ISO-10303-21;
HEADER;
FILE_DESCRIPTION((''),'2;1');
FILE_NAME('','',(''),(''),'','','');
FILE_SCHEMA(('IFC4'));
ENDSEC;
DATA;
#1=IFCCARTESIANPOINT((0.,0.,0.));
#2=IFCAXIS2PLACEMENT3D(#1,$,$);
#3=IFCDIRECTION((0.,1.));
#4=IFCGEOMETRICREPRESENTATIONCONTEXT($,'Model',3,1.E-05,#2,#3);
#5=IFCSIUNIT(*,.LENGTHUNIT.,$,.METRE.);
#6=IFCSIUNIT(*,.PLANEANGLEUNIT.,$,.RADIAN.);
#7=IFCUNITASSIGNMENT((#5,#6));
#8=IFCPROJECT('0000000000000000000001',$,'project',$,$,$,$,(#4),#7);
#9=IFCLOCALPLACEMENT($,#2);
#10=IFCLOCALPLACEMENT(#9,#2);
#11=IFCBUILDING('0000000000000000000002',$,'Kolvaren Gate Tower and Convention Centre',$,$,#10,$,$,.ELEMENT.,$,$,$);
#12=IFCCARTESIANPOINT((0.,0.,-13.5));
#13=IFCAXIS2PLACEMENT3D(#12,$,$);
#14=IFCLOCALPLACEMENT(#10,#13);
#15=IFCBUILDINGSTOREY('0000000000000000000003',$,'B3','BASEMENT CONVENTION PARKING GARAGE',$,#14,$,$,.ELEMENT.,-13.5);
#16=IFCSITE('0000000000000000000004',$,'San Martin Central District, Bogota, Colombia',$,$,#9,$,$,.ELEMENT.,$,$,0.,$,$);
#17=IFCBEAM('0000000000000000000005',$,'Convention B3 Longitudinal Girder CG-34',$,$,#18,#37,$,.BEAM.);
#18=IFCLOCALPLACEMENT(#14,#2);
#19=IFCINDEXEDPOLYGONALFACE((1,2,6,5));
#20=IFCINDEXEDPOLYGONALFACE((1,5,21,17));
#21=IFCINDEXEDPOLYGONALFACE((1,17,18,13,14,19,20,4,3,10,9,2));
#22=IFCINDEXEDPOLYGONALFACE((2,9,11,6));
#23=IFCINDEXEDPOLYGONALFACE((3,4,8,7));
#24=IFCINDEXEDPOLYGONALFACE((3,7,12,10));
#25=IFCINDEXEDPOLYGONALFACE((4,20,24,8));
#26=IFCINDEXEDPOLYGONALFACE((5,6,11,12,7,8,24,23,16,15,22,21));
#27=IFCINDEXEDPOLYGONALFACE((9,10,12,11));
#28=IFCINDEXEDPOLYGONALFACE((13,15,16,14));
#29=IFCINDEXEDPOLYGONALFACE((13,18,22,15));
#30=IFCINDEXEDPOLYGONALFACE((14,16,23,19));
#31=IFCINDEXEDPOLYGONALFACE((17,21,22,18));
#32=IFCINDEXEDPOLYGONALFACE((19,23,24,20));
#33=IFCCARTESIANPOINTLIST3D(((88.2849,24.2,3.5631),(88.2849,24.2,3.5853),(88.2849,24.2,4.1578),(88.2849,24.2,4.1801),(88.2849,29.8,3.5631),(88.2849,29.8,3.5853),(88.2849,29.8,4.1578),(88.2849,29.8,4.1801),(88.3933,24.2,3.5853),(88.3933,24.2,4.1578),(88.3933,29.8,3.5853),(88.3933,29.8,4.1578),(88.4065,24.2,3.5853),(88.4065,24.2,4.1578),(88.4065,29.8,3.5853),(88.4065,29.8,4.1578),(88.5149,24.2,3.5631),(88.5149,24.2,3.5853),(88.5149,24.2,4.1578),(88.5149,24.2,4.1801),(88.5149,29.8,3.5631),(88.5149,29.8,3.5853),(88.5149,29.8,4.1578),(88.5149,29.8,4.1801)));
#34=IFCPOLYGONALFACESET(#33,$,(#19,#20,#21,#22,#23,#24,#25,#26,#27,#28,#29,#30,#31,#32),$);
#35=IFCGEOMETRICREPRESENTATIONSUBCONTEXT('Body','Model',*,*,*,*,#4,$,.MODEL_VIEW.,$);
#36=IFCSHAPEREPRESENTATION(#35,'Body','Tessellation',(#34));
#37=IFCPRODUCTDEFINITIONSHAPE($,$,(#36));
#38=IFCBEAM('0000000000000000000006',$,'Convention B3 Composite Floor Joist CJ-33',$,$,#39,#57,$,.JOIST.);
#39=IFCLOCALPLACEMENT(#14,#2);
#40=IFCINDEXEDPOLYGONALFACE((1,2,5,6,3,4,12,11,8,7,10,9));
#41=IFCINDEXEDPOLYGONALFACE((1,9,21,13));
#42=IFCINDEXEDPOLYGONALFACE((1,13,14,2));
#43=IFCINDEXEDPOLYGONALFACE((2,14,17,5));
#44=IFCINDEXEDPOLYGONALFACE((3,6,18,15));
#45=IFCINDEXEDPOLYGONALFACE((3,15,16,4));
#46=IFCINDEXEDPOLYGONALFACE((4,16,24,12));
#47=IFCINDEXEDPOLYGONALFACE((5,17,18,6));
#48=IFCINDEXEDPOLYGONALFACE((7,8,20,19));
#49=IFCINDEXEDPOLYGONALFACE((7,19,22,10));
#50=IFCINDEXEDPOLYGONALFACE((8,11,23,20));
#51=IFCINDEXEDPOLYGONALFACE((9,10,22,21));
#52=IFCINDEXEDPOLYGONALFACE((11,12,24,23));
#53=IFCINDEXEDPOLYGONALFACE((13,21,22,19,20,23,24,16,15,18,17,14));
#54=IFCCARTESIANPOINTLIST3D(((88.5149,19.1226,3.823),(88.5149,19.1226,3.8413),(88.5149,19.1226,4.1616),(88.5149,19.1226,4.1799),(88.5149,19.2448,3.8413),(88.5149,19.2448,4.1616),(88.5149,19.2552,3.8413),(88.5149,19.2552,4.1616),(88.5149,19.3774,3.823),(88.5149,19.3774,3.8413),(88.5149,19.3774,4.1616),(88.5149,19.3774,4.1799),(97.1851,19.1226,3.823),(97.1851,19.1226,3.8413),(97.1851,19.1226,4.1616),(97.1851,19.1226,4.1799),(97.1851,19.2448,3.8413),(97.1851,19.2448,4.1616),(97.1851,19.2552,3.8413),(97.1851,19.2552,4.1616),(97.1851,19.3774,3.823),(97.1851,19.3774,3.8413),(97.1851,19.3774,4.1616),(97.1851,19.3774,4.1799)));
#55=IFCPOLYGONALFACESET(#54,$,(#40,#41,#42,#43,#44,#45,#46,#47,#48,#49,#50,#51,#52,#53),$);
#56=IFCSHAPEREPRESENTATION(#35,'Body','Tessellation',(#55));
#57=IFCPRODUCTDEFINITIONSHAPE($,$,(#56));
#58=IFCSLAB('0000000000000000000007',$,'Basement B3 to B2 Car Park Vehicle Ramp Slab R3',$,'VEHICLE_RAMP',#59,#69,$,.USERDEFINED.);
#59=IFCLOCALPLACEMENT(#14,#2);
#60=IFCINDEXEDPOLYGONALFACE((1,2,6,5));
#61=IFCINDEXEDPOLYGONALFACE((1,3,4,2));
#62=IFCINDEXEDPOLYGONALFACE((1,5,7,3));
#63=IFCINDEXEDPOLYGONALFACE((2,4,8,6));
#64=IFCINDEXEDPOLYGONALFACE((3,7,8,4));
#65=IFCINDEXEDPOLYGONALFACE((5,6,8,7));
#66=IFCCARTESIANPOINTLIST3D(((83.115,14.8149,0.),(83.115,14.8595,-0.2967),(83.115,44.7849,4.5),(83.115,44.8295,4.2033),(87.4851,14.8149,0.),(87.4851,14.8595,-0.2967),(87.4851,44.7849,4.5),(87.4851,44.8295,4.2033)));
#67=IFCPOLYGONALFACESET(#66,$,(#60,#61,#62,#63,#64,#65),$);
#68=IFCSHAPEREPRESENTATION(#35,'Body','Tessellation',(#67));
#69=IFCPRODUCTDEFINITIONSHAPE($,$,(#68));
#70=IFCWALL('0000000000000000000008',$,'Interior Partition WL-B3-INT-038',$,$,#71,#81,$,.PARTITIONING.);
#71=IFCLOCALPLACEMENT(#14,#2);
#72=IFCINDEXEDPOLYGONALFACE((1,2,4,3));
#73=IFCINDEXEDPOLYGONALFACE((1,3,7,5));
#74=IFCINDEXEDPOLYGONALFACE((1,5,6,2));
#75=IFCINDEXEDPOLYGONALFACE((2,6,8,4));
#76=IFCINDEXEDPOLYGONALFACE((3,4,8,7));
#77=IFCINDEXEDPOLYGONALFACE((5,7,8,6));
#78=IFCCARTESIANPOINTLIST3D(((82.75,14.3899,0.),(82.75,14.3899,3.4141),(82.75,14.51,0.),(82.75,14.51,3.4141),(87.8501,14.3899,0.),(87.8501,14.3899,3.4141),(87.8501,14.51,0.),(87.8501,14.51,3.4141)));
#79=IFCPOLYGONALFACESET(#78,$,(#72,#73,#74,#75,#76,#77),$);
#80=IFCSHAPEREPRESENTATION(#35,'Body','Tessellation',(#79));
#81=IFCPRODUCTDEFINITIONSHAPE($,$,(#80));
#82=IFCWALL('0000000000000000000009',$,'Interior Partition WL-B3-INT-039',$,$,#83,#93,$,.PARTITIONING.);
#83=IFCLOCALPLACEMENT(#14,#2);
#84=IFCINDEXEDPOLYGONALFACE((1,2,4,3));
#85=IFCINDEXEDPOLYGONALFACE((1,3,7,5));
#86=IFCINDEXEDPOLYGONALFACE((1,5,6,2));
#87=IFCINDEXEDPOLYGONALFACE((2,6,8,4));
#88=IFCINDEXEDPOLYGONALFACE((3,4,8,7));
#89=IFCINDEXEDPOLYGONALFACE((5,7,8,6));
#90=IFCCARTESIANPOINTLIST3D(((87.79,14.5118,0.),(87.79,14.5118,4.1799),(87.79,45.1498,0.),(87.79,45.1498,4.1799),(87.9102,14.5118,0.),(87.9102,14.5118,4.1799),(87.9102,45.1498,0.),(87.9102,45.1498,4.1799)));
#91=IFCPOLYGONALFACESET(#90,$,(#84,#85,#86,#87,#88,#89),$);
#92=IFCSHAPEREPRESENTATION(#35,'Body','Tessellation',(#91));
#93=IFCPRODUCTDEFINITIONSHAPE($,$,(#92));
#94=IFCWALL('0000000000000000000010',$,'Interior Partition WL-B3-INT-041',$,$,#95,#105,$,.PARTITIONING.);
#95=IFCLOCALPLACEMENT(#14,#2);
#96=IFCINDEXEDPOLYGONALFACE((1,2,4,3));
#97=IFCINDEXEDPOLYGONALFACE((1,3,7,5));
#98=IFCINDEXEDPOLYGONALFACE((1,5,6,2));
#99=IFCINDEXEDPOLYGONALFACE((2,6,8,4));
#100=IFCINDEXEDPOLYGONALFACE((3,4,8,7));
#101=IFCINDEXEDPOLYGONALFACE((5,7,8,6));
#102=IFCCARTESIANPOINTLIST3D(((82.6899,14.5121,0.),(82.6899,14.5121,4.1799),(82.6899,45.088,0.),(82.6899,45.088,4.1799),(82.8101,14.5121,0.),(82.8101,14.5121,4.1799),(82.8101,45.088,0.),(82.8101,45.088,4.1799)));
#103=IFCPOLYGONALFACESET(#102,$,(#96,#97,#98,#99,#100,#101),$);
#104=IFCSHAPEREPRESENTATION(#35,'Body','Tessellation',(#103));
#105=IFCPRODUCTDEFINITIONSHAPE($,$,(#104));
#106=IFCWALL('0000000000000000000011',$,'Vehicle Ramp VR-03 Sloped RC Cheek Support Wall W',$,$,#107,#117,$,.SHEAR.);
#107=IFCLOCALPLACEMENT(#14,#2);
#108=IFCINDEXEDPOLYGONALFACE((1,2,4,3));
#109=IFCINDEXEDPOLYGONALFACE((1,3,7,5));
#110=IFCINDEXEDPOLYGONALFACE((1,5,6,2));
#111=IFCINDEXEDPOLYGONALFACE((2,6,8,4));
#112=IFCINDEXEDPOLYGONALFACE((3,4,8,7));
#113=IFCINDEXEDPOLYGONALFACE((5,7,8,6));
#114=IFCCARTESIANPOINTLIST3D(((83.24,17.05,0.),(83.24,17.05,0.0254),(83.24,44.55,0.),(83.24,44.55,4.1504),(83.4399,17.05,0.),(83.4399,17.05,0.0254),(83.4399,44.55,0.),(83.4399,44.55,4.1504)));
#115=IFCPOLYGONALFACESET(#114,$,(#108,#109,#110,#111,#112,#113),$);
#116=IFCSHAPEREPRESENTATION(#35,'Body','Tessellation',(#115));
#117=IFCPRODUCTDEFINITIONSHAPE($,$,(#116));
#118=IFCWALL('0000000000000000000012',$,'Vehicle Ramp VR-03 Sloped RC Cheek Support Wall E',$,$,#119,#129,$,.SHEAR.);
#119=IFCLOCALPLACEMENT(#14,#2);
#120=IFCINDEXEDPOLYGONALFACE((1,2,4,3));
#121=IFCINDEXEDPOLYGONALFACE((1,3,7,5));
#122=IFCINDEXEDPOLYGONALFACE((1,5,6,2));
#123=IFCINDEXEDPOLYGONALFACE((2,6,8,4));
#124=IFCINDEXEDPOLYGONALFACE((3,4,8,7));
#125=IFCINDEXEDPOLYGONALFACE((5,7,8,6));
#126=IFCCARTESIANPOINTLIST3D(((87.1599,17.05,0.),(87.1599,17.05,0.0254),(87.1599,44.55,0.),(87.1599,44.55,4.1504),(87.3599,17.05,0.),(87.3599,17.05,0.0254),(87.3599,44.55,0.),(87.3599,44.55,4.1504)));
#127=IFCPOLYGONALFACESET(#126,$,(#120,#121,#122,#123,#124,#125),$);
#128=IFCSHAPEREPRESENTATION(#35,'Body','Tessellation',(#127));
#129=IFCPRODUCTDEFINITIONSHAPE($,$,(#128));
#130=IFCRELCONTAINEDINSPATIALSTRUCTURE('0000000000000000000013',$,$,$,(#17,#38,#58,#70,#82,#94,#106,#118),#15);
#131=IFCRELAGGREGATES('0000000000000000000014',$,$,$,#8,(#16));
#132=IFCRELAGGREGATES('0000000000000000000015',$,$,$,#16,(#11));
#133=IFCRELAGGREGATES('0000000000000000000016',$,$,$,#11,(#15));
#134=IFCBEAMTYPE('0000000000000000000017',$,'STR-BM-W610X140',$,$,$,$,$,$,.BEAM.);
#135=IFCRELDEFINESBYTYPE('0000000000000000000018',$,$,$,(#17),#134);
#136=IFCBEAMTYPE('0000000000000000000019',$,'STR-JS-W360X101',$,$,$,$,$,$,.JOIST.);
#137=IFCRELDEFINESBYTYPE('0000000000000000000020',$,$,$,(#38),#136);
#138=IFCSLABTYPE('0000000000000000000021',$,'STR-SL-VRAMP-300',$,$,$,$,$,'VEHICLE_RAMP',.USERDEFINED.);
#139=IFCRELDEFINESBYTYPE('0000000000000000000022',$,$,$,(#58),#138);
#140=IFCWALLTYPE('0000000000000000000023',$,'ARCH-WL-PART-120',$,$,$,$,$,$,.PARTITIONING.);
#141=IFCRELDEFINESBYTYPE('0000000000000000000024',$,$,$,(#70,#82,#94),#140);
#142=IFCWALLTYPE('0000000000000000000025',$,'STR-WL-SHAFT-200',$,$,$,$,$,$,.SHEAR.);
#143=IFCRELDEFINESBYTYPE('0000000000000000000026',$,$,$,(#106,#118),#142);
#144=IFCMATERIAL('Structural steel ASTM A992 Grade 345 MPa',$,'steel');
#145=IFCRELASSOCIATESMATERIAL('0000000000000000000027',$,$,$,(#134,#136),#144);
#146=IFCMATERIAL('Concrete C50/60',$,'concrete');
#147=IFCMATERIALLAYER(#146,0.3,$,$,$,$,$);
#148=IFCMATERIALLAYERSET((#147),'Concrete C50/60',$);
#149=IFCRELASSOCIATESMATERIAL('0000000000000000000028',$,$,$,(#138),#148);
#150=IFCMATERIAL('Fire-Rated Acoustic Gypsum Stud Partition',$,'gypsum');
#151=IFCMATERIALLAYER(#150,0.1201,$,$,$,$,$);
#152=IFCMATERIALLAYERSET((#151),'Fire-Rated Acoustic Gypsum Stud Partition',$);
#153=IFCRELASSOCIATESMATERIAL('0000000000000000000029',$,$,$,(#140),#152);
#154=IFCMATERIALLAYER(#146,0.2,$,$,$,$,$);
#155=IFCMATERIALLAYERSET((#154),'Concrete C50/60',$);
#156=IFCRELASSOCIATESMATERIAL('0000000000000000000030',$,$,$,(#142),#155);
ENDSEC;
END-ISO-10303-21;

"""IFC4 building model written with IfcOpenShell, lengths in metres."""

from ifc_helpers import new_model, si_unit, direction, frame, frame_2d, origin, origin_2d, place, context, subcontext, project, spatial, polyline, rectangle, i_section, outline, extrude, material, layer, layer_set, material_profile, profile_set, type_object, element, save


model = new_model("IFC4")

# Units and contexts
model_context = context("Model", 3, precision=1e-05, world=origin(), true_north=direction((0.0, 1.0)))
body_context = subcontext(model_context, "Body", "Model", "MODEL_VIEW")
ifc_project = project(units=[si_unit("LENGTHUNIT", "METRE"), si_unit("PLANEANGLEUNIT", "RADIAN")], contexts=[model_context])

# Site, building, storey
site_placement = place(None, origin())
site = spatial("IfcSite", under=ifc_project, at=site_placement, Name="San Martin Central District, Bogota, Colombia", CompositionType="ELEMENT", RefElevation=0.0)
building_placement = place(site_placement, origin())
building = spatial("IfcBuilding", under=site, at=building_placement, Name="Kolvaren Gate Tower and Convention Centre", CompositionType="ELEMENT")
storey_placement = place(building_placement, frame((0.0, 0.0, -13.5)))
storey = spatial("IfcBuildingStorey", under=building, at=storey_placement, Name="B3", Description="BASEMENT CONVENTION PARKING GARAGE", CompositionType="ELEMENT", Elevation=-13.5)

# Shared definitions
ifc_material_1 = material(Name="Concrete C50/60", Category="concrete")

# Beams
ifc_material_2 = material(Name="Structural steel ASTM A992 Grade 345 MPa", Category="steel")
ifc_material_profile_1 = material_profile(ifc_material_2, i_section(OverallWidth=0.23, OverallDepth=0.6169, WebThickness=0.0132, FlangeThickness=0.0222, at=origin_2d()), Name="W610X140")
ifc_profile_set_1 = profile_set([ifc_material_profile_1], Name="Structural steel ASTM A992 Grade 345 MPa")
beam_type_1 = type_object("IfcBeamType", Name="STR-BM-W610X140", PredefinedType="BEAM", material=ifc_profile_set_1)
beam_1_placement = place(storey_placement, frame((88.3999, 24.2, 3.8716), z_axis=(0.0, 1.0, 0.0), x_axis=(-1.0, 0.0, 0.0)))
element("IfcBeam", 1, at=beam_1_placement, inside=storey, type_object=beam_type_1, Name="Convention B3 Longitudinal Girder CG-34", PredefinedType="BEAM", context=body_context, shape_type="SweptSolid", body=[
    extrude(i_section(OverallWidth=0.23, OverallDepth=0.6169, WebThickness=0.0132, FlangeThickness=0.0222, at=origin_2d()), origin(), (0.0, 0.0, 1.0), 5.6001),
])
ifc_material_profile_2 = material_profile(ifc_material_2, i_section(OverallWidth=0.2549, OverallDepth=0.3569, WebThickness=0.0105, FlangeThickness=0.0183, at=origin_2d()), Name="W360X101")
ifc_profile_set_2 = profile_set([ifc_material_profile_2], Name="Structural steel ASTM A992 Grade 345 MPa")
beam_type_2 = type_object("IfcBeamType", Name="STR-JS-W360X101", PredefinedType="JOIST", material=ifc_profile_set_2)
beam_2_placement = place(storey_placement, frame((88.5149, 19.25, 4.0015), z_axis=(1.0, 0.0, 0.0), x_axis=(0.0, 1.0, 0.0)))
element("IfcBeam", 2, at=beam_2_placement, inside=storey, type_object=beam_type_2, Name="Convention B3 Composite Floor Joist CJ-33", PredefinedType="JOIST", context=body_context, shape_type="SweptSolid", body=[
    extrude(i_section(OverallWidth=0.2549, OverallDepth=0.3569, WebThickness=0.0105, FlangeThickness=0.0183, at=origin_2d()), origin(), (0.0, 0.0, 1.0), 8.6702),
])

# Slab
ifc_layer_1 = layer(ifc_material_1, 0.3)
ifc_layer_set_1 = layer_set([ifc_layer_1], Name="Concrete C50/60")
slab_type = type_object("IfcSlabType", Name="STR-SL-VRAMP-300", ElementType="VEHICLE_RAMP", PredefinedType="USERDEFINED", material=ifc_layer_set_1)
slab_placement = place(storey_placement, frame((83.115, 14.8149, 0.0), z_axis=(0.0, -0.148486, 0.988915), x_axis=(1.0, 0.0, 0.0)))
element("IfcSlab", 3, at=slab_placement, inside=storey, type_object=slab_type, Name="Basement B3 to B2 Car Park Vehicle Ramp Slab R3", ObjectType="VEHICLE_RAMP", PredefinedType="USERDEFINED", context=body_context, shape_type="SweptSolid", body=[
    extrude(outline(polyline([(0.0, 0.0), (4.3701, 0.0), (4.3701, 30.3059), (0.0, 30.3059), (0.0, 0.0)])), origin(), (0.0, 0.0, -1.0), 0.3),
])

# Walls
ifc_material_3 = material(Name="Fire-Rated Acoustic Gypsum Stud Partition", Category="gypsum")
ifc_layer_2 = layer(ifc_material_3, 0.1201)
ifc_layer_set_2 = layer_set([ifc_layer_2], Name="Fire-Rated Acoustic Gypsum Stud Partition")
wall_type_1 = type_object("IfcWallType", Name="ARCH-WL-PART-120", PredefinedType="PARTITIONING", material=ifc_layer_set_2)
wall_1_placement = place(storey_placement, frame((82.75, 14.45, 0.0), z_axis=(0.0, 0.0, 1.0), x_axis=(1.0, 0.0, 0.0)))
element("IfcWall", 4, at=wall_1_placement, inside=storey, type_object=wall_type_1, Name="Interior Partition WL-B3-INT-038", PredefinedType="PARTITIONING", context=body_context, shape_type="SweptSolid", body=[
    extrude(rectangle(XDim=5.1001, YDim=0.1201, at=frame_2d((2.55, 0.0))), origin(), (0.0, 0.0, 1.0), 3.4141),
])
wall_2_placement = place(storey_placement, frame((87.8501, 14.512, 0.0), z_axis=(0.0, 0.0, 1.0), x_axis=(0.0, 1.0, 0.0)))
element("IfcWall", 5, at=wall_2_placement, inside=storey, type_object=wall_type_1, Name="Interior Partition WL-B3-INT-039", PredefinedType="PARTITIONING", context=body_context, shape_type="SweptSolid", body=[
    extrude(rectangle(XDim=30.6379, YDim=0.1201, at=frame_2d((15.3188, 0.0))), origin(), (0.0, 0.0, 1.0), 4.1799),
])
wall_3_placement = place(storey_placement, frame((82.75, 14.512, 0.0), z_axis=(0.0, 0.0, 1.0), x_axis=(0.0, 1.0, 0.0)))
element("IfcWall", 6, at=wall_3_placement, inside=storey, type_object=wall_type_1, Name="Interior Partition WL-B3-INT-041", PredefinedType="PARTITIONING", context=body_context, shape_type="SweptSolid", body=[
    extrude(rectangle(XDim=30.5759, YDim=0.1201, at=frame_2d((15.2881, 0.0))), origin(), (0.0, 0.0, 1.0), 4.1799),
])
ifc_layer_3 = layer(ifc_material_1, 0.2)
ifc_layer_set_3 = layer_set([ifc_layer_3], Name="Concrete C50/60")
wall_type_2 = type_object("IfcWallType", Name="STR-WL-SHAFT-200", PredefinedType="SHEAR", material=ifc_layer_set_3)
for number, where, z_axis, x_axis, name in (
    (7, (83.3401, 17.05, 0.0), (0.0, 0.0, 1.0), (0.0, 1.0, 0.0), "Vehicle Ramp VR-03 Sloped RC Cheek Support Wall W"),
    (8, (87.26, 17.05, 0.0), (0.0, 0.0, 1.0), (0.0, 1.0, 0.0), "Vehicle Ramp VR-03 Sloped RC Cheek Support Wall E"),
):
    element("IfcWall", number, at=place(storey_placement, frame(where, z_axis=z_axis, x_axis=x_axis)), inside=storey, type_object=wall_type_2, Name=name, PredefinedType="SHEAR", context=body_context, shape_type="SweptSolid", body=[
        extrude(outline(polyline([(0.0, 0.0), (27.5, 0.0), (27.5, 4.1504), (0.0, 0.0254), (0.0, 0.0)])), frame((0.0, 0.1001, 0.0), z_axis=(0.0, -1.0, 0.0), x_axis=(1.0, 0.0, 0.0)), (0.0, 0.0, 1.0), 0.2),
    ])

save(model, "model.ifc")
